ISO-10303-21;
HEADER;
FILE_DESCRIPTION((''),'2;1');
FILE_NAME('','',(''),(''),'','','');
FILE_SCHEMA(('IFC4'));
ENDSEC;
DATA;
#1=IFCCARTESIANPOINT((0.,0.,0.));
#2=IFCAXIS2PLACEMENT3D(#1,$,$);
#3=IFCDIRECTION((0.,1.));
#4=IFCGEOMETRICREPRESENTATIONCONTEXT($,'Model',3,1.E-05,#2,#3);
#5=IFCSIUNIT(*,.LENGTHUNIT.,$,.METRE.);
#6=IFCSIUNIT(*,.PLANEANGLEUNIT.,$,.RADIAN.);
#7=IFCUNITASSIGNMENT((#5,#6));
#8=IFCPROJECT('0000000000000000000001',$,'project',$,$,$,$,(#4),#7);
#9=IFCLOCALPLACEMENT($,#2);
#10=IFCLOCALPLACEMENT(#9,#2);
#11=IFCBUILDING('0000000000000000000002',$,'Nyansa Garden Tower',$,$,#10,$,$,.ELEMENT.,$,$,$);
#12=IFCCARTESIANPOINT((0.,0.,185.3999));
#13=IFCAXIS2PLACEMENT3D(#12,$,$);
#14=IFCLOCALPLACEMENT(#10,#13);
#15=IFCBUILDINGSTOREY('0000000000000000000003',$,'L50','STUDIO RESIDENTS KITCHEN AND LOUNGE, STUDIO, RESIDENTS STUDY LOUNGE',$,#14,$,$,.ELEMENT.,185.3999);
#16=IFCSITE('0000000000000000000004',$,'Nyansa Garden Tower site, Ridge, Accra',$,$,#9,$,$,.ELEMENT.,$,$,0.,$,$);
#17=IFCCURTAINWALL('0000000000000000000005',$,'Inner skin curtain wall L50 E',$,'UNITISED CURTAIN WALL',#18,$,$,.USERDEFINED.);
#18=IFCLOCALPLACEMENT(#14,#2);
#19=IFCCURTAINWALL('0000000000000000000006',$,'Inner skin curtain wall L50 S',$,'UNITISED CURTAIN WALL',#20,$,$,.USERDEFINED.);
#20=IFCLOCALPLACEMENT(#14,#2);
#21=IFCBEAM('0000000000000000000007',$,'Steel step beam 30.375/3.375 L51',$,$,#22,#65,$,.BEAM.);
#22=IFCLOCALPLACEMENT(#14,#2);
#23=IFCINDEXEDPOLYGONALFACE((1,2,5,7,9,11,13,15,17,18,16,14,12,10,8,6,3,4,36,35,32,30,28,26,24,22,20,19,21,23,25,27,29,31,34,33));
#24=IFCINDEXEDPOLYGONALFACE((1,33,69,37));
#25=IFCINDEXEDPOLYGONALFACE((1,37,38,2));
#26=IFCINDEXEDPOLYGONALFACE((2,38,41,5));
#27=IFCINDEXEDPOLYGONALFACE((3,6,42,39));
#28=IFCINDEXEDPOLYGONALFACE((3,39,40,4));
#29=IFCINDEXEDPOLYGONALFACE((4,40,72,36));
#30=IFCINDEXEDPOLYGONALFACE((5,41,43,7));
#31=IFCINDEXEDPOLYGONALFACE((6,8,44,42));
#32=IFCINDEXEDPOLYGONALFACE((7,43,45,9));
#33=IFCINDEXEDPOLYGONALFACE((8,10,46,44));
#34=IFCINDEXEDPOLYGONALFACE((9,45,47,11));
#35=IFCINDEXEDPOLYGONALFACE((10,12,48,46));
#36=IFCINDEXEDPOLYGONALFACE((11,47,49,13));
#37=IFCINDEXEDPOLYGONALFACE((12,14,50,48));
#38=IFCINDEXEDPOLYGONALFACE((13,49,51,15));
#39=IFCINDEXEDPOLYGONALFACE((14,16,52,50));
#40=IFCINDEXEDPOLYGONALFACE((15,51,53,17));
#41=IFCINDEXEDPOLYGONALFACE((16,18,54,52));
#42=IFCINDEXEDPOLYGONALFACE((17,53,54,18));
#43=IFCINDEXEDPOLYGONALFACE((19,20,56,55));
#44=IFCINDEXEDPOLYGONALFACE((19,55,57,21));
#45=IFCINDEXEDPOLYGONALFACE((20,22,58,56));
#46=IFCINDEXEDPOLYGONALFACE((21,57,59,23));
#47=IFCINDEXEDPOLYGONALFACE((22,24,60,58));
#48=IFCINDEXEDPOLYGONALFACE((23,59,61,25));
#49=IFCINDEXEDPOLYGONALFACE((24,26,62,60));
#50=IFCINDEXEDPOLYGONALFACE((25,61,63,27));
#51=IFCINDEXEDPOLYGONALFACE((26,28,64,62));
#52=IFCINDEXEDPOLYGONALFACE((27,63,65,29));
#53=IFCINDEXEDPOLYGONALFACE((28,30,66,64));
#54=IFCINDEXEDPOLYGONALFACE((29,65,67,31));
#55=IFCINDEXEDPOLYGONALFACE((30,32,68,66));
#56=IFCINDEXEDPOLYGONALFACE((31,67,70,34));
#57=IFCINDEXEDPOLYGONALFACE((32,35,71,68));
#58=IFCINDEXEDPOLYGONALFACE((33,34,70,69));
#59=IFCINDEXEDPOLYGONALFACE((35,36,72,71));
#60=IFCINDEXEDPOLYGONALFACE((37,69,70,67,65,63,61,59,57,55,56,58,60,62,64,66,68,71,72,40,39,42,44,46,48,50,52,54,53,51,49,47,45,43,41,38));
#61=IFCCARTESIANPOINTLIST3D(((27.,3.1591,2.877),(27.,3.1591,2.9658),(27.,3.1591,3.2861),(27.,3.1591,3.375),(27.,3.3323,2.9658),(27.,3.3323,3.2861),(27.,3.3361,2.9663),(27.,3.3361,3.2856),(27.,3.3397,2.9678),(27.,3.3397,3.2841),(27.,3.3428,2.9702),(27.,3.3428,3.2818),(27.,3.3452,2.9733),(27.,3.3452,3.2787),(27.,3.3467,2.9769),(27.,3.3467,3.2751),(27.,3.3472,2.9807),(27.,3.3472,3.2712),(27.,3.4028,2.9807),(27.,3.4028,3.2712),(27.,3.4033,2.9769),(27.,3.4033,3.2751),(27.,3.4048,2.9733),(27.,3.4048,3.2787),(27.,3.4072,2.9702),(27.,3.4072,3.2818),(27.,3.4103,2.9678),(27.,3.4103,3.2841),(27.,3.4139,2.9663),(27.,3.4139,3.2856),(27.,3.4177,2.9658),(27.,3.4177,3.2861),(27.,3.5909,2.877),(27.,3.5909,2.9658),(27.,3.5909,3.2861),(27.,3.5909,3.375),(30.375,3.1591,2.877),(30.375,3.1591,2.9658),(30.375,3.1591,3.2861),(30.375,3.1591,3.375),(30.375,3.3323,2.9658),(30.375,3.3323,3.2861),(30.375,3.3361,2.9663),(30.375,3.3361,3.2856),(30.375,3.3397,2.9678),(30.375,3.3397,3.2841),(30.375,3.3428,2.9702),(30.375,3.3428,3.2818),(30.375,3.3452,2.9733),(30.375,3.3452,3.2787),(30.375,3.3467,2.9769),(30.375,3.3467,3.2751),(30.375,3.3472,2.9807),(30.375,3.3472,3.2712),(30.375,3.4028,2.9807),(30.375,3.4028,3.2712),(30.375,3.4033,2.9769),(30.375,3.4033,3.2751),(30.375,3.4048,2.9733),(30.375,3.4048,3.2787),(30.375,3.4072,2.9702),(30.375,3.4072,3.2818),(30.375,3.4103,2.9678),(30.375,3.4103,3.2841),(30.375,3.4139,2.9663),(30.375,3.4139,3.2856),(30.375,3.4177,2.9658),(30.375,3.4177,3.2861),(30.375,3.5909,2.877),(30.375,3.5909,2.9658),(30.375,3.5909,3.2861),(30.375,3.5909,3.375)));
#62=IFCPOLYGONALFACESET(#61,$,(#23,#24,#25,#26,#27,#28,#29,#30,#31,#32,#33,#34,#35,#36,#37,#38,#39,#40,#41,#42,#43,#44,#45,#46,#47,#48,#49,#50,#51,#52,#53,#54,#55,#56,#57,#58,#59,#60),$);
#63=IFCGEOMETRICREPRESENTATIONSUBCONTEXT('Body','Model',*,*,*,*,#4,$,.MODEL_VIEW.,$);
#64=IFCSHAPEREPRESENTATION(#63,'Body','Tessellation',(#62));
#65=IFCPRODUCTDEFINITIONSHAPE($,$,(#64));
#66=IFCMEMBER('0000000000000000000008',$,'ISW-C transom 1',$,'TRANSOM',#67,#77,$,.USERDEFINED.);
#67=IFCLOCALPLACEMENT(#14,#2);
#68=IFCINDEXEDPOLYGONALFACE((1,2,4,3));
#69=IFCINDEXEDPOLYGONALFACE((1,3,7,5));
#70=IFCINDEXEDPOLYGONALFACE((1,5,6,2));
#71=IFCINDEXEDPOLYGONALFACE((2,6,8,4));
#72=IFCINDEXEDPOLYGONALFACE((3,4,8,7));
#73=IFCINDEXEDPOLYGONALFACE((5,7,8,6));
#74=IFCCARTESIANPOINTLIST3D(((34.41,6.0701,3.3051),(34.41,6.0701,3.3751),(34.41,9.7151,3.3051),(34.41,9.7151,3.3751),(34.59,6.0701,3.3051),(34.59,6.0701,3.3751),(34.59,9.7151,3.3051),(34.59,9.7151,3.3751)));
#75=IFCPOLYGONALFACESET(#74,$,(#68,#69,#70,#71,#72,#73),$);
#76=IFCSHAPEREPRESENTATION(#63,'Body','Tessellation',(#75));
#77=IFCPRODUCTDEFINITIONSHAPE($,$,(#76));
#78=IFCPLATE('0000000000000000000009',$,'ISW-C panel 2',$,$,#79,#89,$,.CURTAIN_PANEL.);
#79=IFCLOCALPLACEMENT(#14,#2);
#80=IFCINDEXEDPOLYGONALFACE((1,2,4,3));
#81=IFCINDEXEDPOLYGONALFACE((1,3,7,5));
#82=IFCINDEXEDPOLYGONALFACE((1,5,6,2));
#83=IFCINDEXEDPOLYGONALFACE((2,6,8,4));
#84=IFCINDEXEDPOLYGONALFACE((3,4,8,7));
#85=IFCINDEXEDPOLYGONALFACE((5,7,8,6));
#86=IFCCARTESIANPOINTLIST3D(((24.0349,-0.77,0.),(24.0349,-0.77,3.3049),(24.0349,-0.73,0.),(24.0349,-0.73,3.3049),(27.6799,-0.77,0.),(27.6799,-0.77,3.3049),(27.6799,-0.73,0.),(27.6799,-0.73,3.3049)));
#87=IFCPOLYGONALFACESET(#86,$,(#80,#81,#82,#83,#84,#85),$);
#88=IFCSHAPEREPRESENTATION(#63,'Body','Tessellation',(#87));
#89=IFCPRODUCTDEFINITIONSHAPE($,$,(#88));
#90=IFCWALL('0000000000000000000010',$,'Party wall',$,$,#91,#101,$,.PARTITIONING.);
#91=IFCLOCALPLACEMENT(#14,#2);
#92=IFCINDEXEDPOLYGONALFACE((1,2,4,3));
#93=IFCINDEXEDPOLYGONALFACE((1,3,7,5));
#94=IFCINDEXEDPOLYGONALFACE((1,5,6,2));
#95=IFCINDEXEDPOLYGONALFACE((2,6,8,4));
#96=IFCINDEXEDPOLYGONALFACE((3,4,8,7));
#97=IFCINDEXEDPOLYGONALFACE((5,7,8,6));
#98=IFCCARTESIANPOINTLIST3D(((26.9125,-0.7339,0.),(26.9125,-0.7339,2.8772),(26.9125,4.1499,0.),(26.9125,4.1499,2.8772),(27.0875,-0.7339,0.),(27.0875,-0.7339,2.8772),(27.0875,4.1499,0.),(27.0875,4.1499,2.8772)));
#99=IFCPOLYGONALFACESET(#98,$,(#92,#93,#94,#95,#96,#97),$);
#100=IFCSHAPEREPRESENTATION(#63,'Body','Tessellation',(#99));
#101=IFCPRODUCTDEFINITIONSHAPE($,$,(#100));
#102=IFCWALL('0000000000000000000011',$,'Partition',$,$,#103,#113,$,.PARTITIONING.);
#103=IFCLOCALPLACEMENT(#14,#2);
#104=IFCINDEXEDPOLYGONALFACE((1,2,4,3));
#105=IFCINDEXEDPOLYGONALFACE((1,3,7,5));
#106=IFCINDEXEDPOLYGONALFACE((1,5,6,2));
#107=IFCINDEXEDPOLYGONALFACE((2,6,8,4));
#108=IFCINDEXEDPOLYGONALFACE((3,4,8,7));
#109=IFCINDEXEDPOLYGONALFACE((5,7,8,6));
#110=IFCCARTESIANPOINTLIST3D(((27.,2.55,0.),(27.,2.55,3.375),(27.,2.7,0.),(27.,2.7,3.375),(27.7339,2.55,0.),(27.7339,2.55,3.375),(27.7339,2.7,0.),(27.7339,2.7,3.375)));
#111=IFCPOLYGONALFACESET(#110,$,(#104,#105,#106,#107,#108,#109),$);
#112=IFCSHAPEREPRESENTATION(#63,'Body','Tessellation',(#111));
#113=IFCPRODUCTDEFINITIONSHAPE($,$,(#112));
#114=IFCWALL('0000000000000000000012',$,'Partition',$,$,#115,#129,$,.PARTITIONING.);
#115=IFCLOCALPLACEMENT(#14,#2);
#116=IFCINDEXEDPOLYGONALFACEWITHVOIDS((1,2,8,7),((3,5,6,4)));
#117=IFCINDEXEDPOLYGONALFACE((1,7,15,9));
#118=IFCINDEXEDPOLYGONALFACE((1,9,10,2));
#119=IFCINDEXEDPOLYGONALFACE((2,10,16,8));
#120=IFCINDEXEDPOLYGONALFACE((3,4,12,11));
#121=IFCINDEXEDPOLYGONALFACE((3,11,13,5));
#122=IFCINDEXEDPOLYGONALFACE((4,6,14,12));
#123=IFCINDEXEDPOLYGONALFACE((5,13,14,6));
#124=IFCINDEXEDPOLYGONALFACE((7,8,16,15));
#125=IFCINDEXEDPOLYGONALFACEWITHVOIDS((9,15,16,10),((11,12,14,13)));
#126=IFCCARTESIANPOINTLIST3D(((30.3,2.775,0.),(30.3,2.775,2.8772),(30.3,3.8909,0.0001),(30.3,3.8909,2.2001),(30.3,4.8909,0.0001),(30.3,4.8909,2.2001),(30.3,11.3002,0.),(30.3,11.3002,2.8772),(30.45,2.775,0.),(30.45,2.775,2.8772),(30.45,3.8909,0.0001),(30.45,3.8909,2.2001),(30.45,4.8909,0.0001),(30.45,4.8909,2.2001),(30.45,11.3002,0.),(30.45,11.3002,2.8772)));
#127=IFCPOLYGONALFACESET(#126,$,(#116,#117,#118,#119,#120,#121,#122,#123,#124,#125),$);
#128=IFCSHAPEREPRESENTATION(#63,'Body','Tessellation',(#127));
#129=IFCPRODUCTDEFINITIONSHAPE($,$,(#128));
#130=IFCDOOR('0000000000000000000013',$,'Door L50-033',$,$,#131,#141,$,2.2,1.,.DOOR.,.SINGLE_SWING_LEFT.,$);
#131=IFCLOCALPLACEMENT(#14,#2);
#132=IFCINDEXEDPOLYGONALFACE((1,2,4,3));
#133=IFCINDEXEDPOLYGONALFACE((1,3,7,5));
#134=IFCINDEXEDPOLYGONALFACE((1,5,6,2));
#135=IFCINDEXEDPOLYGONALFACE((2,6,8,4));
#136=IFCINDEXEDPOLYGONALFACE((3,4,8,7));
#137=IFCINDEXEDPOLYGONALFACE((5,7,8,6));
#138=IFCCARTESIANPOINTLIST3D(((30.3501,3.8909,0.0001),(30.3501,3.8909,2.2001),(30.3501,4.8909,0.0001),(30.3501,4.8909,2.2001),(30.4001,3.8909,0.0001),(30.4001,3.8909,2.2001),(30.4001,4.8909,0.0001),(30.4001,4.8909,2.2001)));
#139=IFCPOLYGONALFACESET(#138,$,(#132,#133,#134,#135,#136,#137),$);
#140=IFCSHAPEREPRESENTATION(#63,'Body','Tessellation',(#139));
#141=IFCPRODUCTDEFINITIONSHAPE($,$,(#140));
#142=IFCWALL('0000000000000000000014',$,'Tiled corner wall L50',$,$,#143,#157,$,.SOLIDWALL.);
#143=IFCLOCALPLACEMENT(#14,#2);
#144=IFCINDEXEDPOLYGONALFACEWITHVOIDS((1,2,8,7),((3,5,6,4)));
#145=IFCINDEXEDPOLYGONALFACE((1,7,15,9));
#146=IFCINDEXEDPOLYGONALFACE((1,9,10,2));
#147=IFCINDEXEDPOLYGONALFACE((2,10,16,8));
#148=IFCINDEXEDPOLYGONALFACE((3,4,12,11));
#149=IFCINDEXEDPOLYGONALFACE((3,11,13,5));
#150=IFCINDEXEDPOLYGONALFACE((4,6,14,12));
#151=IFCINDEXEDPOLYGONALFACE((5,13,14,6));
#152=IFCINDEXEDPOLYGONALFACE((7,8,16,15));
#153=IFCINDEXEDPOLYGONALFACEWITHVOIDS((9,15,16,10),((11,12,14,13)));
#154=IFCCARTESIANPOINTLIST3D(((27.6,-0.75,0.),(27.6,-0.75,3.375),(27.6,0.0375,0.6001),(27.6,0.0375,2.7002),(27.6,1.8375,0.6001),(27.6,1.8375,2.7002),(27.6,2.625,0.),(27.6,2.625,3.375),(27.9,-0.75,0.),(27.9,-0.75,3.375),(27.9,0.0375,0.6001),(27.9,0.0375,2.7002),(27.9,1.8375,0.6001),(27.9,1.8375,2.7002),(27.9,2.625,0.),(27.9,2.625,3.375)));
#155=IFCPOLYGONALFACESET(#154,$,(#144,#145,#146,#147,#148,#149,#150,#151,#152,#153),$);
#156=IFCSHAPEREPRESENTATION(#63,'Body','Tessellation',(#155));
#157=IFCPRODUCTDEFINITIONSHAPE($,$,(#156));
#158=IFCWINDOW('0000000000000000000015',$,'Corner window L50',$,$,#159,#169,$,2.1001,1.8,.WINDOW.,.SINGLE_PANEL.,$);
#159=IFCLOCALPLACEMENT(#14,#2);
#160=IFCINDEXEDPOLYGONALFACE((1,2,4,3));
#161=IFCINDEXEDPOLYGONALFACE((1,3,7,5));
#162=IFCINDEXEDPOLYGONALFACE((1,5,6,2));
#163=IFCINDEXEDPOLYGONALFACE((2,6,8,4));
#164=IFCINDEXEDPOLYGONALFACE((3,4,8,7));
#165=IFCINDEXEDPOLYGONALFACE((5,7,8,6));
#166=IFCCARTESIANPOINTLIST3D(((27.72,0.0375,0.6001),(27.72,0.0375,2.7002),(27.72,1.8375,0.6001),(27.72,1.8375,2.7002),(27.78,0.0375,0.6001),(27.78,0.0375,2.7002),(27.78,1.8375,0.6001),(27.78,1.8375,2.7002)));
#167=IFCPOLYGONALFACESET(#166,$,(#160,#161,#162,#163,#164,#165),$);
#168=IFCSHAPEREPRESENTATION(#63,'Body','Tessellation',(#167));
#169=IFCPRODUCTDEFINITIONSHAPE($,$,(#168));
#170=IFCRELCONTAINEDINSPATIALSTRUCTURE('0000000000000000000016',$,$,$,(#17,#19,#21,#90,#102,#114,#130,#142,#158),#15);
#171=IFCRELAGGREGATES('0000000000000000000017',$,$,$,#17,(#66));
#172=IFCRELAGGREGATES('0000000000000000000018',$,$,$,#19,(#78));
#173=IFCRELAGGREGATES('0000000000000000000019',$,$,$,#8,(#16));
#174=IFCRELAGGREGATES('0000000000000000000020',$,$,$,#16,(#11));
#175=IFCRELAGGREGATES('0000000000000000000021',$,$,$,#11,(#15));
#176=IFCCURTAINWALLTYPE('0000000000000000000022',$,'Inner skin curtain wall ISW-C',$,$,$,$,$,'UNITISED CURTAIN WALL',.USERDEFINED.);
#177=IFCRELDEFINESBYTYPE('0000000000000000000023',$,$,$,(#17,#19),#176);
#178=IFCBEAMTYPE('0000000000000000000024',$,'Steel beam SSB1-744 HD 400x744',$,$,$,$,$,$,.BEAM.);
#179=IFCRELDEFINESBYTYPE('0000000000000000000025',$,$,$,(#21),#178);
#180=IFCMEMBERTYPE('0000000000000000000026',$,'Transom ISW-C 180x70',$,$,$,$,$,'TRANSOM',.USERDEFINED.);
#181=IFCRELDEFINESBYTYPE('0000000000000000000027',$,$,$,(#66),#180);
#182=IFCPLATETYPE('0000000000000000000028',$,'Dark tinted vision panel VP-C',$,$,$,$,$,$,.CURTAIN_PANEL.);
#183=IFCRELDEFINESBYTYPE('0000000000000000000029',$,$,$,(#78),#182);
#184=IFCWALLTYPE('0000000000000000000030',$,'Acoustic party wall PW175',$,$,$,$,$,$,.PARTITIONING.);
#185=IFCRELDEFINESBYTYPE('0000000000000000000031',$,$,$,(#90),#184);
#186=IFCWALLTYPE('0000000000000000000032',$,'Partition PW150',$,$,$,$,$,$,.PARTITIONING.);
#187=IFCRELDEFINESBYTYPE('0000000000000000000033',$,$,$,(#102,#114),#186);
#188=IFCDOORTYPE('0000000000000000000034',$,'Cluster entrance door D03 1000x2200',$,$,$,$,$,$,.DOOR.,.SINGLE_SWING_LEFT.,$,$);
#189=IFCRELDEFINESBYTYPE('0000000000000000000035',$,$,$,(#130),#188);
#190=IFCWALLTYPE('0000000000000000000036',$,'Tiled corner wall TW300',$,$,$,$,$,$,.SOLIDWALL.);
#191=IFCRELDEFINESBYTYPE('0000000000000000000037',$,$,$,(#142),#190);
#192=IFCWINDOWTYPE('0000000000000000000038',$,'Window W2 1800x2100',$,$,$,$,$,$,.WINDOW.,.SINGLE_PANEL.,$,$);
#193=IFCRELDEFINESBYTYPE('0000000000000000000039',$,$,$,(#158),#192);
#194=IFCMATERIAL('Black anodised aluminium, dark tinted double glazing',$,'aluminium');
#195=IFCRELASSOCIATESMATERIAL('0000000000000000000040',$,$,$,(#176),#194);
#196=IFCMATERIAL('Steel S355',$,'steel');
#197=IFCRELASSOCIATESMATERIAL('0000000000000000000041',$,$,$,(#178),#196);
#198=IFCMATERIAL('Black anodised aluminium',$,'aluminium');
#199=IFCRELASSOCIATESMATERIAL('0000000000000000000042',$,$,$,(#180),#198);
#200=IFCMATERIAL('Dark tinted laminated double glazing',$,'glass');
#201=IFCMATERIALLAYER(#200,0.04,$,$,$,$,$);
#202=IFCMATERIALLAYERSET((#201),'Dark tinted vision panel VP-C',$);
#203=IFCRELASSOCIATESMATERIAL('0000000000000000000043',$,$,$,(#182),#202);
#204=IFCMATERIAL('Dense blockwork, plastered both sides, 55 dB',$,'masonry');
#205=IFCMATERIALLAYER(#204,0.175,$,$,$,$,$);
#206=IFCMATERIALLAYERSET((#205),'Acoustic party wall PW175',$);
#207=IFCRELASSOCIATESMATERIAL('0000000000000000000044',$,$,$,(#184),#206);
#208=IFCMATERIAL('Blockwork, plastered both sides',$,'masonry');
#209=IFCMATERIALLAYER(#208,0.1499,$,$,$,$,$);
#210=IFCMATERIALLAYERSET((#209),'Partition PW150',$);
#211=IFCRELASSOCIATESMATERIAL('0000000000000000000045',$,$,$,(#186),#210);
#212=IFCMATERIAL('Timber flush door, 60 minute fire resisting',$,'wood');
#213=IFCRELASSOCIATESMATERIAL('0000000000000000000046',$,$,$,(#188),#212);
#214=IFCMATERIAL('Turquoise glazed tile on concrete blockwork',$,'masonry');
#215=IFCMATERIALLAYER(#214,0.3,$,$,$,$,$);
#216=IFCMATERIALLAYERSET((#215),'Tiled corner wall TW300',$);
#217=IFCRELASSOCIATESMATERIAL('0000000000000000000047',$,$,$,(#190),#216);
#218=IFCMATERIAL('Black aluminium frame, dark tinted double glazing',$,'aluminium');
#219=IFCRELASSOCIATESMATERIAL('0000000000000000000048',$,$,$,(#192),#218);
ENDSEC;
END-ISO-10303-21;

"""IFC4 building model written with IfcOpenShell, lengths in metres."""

from ifc_helpers import new_model, si_unit, direction, frame, frame_2d, origin, origin_2d, place, context, subcontext, project, spatial, rectangle, i_section, extrude, material, layer, layer_set, material_profile, profile_set, type_object, element, fill, aggregate, save


model = new_model("IFC4")

# Units and contexts
model_context = context("Model", 3, precision=1e-05, world=origin(), true_north=direction((0.0, 1.0)))
body_context = subcontext(model_context, "Body", "Model", "MODEL_VIEW")
ifc_project = project(units=[si_unit("LENGTHUNIT", "METRE"), si_unit("PLANEANGLEUNIT", "RADIAN")], contexts=[model_context])

# Site, building, storey
site_placement = place(None, origin())
site = spatial("IfcSite", under=ifc_project, at=site_placement, Name="Nyansa Garden Tower site, Ridge, Accra", CompositionType="ELEMENT", RefElevation=0.0)
building_placement = place(site_placement, origin())
building = spatial("IfcBuilding", under=site, at=building_placement, Name="Nyansa Garden Tower", CompositionType="ELEMENT")
storey_placement = place(building_placement, frame((0.0, 0.0, 185.3999)))
storey = spatial("IfcBuildingStorey", under=building, at=storey_placement, Name="L50", Description="STUDIO RESIDENTS KITCHEN AND LOUNGE, STUDIO, RESIDENTS STUDY LOUNGE", CompositionType="ELEMENT", Elevation=185.3999)

# Curtain walls
ifc_material_1 = material(Name="Black anodised aluminium, dark tinted double glazing", Category="aluminium")
curtain_wall_type = type_object("IfcCurtainWallType", Name="Inner skin curtain wall ISW-C", ElementType="UNITISED CURTAIN WALL", PredefinedType="USERDEFINED", material=ifc_material_1)
curtain_wall_1_placement = place(storey_placement, origin())
curtain_wall_1 = element("IfcCurtainWall", 1, at=curtain_wall_1_placement, inside=storey, type_object=curtain_wall_type, Name="Inner skin curtain wall L50 E", ObjectType="UNITISED CURTAIN WALL", PredefinedType="USERDEFINED")
curtain_wall_2_placement = place(storey_placement, origin())
curtain_wall_2 = element("IfcCurtainWall", 2, at=curtain_wall_2_placement, inside=storey, type_object=curtain_wall_type, Name="Inner skin curtain wall L50 S", ObjectType="UNITISED CURTAIN WALL", PredefinedType="USERDEFINED")

# Beam
ifc_material_2 = material(Name="Steel S355", Category="steel")
ifc_material_profile_1 = material_profile(ifc_material_2, i_section(OverallWidth=0.4319, OverallDepth=0.498, WebThickness=0.0557, FlangeThickness=0.0889, FilletRadius=0.0149, at=origin_2d()), Name="HD 400x744")
ifc_profile_set_1 = profile_set([ifc_material_profile_1], Name="Steel S355")
beam_type_1 = type_object("IfcBeamType", Name="Steel beam SSB1-744 HD 400x744", PredefinedType="BEAM", material=ifc_profile_set_1)
for number, where, z_axis, x_axis, name in (
    (3, (30.375, 3.375, 3.126), (-1.0, 0.0, 0.0), (0.0, -1.0, 0.0), "Steel step beam 30.375/3.375 L51"),
):
    element("IfcBeam", number, at=place(storey_placement, frame(where, z_axis=z_axis, x_axis=x_axis)), inside=storey, type_object=beam_type_1, Name=name, PredefinedType="BEAM", context=body_context, shape_type="SweptSolid", body=[
        extrude(i_section(OverallWidth=0.4319, OverallDepth=0.498, WebThickness=0.0557, FlangeThickness=0.0889, FilletRadius=0.0149, at=origin_2d()), origin(), (0.0, 0.0, 1.0), 3.375),
    ])

# Member
ifc_material_3 = material(Name="Black anodised aluminium", Category="aluminium")
ifc_material_profile_2 = material_profile(ifc_material_3, rectangle(XDim=0.1799, YDim=0.0701, at=origin_2d()), Name="Transom 180x70")
ifc_profile_set_2 = profile_set([ifc_material_profile_2], Name="Black anodised aluminium")
member_type_1 = type_object("IfcMemberType", Name="Transom ISW-C 180x70", ElementType="TRANSOM", PredefinedType="USERDEFINED", material=ifc_profile_set_2)
member_1_placement = place(storey_placement, frame((34.5, 6.0701, 3.3401), z_axis=(0.0, 1.0, 0.0), x_axis=(-1.0, 0.0, 0.0)))
member_1 = element("IfcMember", 4, at=member_1_placement, type_object=member_type_1, Name="ISW-C transom 1", ObjectType="TRANSOM", PredefinedType="USERDEFINED", context=body_context, shape_type="SweptSolid", body=[
    extrude(rectangle(XDim=0.1799, YDim=0.0701, at=origin_2d()), origin(), (0.0, 0.0, 1.0), 3.645),
])
aggregate(curtain_wall_1, [member_1])

# Plate
ifc_material_4 = material(Name="Dark tinted laminated double glazing", Category="glass")
ifc_layer_1 = layer(ifc_material_4, 0.04)
ifc_layer_set_1 = layer_set([ifc_layer_1], Name="Dark tinted vision panel VP-C")
plate_type = type_object("IfcPlateType", Name="Dark tinted vision panel VP-C", PredefinedType="CURTAIN_PANEL", material=ifc_layer_set_1)
plate_placement = place(storey_placement, frame((25.8574, -0.75, 0.0), z_axis=(0.0, 0.0, 1.0), x_axis=(1.0, 0.0, 0.0)))
plate = element("IfcPlate", 5, at=plate_placement, type_object=plate_type, Name="ISW-C panel 2", PredefinedType="CURTAIN_PANEL", context=body_context, shape_type="SweptSolid", body=[
    extrude(rectangle(XDim=3.645, YDim=0.04, at=origin_2d()), origin(), (0.0, 0.0, 1.0), 3.3049),
])
aggregate(curtain_wall_2, [plate])

# Walls
ifc_material_5 = material(Name="Dense blockwork, plastered both sides, 55 dB", Category="masonry")
ifc_layer_2 = layer(ifc_material_5, 0.175)
ifc_layer_set_2 = layer_set([ifc_layer_2], Name="Acoustic party wall PW175")
wall_type_1 = type_object("IfcWallType", Name="Acoustic party wall PW175", PredefinedType="PARTITIONING", material=ifc_layer_set_2)
wall_1_placement = place(storey_placement, frame((27.0, -0.7339, 0.0), z_axis=(0.0, 0.0, 1.0), x_axis=(0.0, 1.0, 0.0)))
element("IfcWall", 6, at=wall_1_placement, inside=storey, type_object=wall_type_1, Name="Party wall", PredefinedType="PARTITIONING", context=body_context, shape_type="SweptSolid", body=[
    extrude(rectangle(XDim=4.8838, YDim=0.175, at=frame_2d((2.4419, 0.0))), origin(), (0.0, 0.0, 1.0), 2.8772),
])
ifc_material_6 = material(Name="Blockwork, plastered both sides", Category="masonry")
ifc_layer_3 = layer(ifc_material_6, 0.1499)
ifc_layer_set_3 = layer_set([ifc_layer_3], Name="Partition PW150")
wall_type_2 = type_object("IfcWallType", Name="Partition PW150", PredefinedType="PARTITIONING", material=ifc_layer_set_3)
wall_2_placement = place(storey_placement, frame((27.0, 2.625, 0.0), z_axis=(0.0, 0.0, 1.0), x_axis=(1.0, 0.0, 0.0)))
element("IfcWall", 7, at=wall_2_placement, inside=storey, type_object=wall_type_2, Name="Partition", PredefinedType="PARTITIONING", context=body_context, shape_type="SweptSolid", body=[
    extrude(rectangle(XDim=0.7339, YDim=0.1499, at=frame_2d((0.3669, 0.0))), origin(), (0.0, 0.0, 1.0), 3.375),
])

# Wall, opening, door
wall_3_placement = place(storey_placement, frame((30.375, 2.7749, 0.0), z_axis=(0.0, 0.0, 1.0), x_axis=(0.0, 1.0, 0.0)))
wall_3 = element("IfcWall", 8, at=wall_3_placement, inside=storey, type_object=wall_type_2, Name="Partition", PredefinedType="PARTITIONING", context=body_context, shape_type="SweptSolid", body=[
    extrude(rectangle(XDim=8.5251, YDim=0.1499, at=frame_2d((4.2627, 0.0))), origin(), (0.0, 0.0, 1.0), 2.8772),
])
opening_1_placement = place(wall_3_placement, frame((1.116, 0.0, 0.0)))
opening_1 = element("IfcOpeningElement", 9, at=opening_1_placement, cuts=wall_3, PredefinedType="OPENING", context=body_context, shape_type="SweptSolid", body=[
    extrude(rectangle(XDim=1.0, YDim=2.2, at=frame_2d((0.5, 1.1001))), frame((0.0, 0.085, 0.0), z_axis=(0.0, -1.0, 0.0), x_axis=(1.0, 0.0, 0.0)), (0.0, 0.0, 1.0), 0.1699),
])
ifc_material_7 = material(Name="Timber flush door, 60 minute fire resisting", Category="wood")
door_type = type_object("IfcDoorType", Name="Cluster entrance door D03 1000x2200", OperationType="SINGLE_SWING_LEFT", PredefinedType="DOOR", material=ifc_material_7)
door_placement = place(opening_1_placement, origin())
door = element("IfcDoor", 10, at=door_placement, inside=storey, type_object=door_type, Name="Door L50-033", OperationType="SINGLE_SWING_LEFT", OverallHeight=2.2, OverallWidth=1.0, PredefinedType="DOOR", context=body_context, shape_type="SweptSolid", body=[
    extrude(rectangle(XDim=1.0, YDim=2.2, at=frame_2d((0.5, 1.1001))), frame((0.0, 0.0249, 0.0), z_axis=(0.0, -1.0, 0.0), x_axis=(1.0, 0.0, 0.0)), (0.0, 0.0, 1.0), 0.05),
])
fill(opening_1, door)

# Wall, opening, window
ifc_material_8 = material(Name="Turquoise glazed tile on concrete blockwork", Category="masonry")
ifc_layer_4 = layer(ifc_material_8, 0.3)
ifc_layer_set_4 = layer_set([ifc_layer_4], Name="Tiled corner wall TW300")
wall_type_3 = type_object("IfcWallType", Name="Tiled corner wall TW300", PredefinedType="SOLIDWALL", material=ifc_layer_set_4)
wall_4_placement = place(storey_placement, frame((27.75, -0.75, 0.0), z_axis=(0.0, 0.0, 1.0), x_axis=(0.0, 1.0, 0.0)))
wall_4 = element("IfcWall", 11, at=wall_4_placement, inside=storey, type_object=wall_type_3, Name="Tiled corner wall L50", PredefinedType="SOLIDWALL", context=body_context, shape_type="SweptSolid", body=[
    extrude(rectangle(XDim=3.375, YDim=0.3, at=frame_2d((1.6875, 0.0))), origin(), (0.0, 0.0, 1.0), 3.375),
])
opening_2_placement = place(wall_4_placement, frame((0.7876, 0.0, 0.6001)))
opening_2 = element("IfcOpeningElement", 12, at=opening_2_placement, cuts=wall_4, PredefinedType="OPENING", context=body_context, shape_type="SweptSolid", body=[
    extrude(rectangle(XDim=1.8, YDim=2.1001, at=frame_2d((0.8999, 1.05))), frame((0.0, 0.1599, 0.0), z_axis=(0.0, -1.0, 0.0), x_axis=(1.0, 0.0, 0.0)), (0.0, 0.0, 1.0), 0.3201),
])
ifc_material_9 = material(Name="Black aluminium frame, dark tinted double glazing", Category="aluminium")
window_type = type_object("IfcWindowType", Name="Window W2 1800x2100", PartitioningType="SINGLE_PANEL", PredefinedType="WINDOW", material=ifc_material_9)
window_1_placement = place(opening_2_placement, origin())
window_1 = element("IfcWindow", 13, at=window_1_placement, inside=storey, type_object=window_type, Name="Corner window L50", OverallHeight=2.1001, OverallWidth=1.8, PartitioningType="SINGLE_PANEL", PredefinedType="WINDOW", context=body_context, shape_type="SweptSolid", body=[
    extrude(rectangle(XDim=1.8, YDim=2.1001, at=frame_2d((0.8999, 1.05))), frame((0.0, 0.03, 0.0), z_axis=(0.0, -1.0, 0.0), x_axis=(1.0, 0.0, 0.0)), (0.0, 0.0, 1.0), 0.0601),
])
fill(opening_2, window_1)

save(model, "model.ifc")
